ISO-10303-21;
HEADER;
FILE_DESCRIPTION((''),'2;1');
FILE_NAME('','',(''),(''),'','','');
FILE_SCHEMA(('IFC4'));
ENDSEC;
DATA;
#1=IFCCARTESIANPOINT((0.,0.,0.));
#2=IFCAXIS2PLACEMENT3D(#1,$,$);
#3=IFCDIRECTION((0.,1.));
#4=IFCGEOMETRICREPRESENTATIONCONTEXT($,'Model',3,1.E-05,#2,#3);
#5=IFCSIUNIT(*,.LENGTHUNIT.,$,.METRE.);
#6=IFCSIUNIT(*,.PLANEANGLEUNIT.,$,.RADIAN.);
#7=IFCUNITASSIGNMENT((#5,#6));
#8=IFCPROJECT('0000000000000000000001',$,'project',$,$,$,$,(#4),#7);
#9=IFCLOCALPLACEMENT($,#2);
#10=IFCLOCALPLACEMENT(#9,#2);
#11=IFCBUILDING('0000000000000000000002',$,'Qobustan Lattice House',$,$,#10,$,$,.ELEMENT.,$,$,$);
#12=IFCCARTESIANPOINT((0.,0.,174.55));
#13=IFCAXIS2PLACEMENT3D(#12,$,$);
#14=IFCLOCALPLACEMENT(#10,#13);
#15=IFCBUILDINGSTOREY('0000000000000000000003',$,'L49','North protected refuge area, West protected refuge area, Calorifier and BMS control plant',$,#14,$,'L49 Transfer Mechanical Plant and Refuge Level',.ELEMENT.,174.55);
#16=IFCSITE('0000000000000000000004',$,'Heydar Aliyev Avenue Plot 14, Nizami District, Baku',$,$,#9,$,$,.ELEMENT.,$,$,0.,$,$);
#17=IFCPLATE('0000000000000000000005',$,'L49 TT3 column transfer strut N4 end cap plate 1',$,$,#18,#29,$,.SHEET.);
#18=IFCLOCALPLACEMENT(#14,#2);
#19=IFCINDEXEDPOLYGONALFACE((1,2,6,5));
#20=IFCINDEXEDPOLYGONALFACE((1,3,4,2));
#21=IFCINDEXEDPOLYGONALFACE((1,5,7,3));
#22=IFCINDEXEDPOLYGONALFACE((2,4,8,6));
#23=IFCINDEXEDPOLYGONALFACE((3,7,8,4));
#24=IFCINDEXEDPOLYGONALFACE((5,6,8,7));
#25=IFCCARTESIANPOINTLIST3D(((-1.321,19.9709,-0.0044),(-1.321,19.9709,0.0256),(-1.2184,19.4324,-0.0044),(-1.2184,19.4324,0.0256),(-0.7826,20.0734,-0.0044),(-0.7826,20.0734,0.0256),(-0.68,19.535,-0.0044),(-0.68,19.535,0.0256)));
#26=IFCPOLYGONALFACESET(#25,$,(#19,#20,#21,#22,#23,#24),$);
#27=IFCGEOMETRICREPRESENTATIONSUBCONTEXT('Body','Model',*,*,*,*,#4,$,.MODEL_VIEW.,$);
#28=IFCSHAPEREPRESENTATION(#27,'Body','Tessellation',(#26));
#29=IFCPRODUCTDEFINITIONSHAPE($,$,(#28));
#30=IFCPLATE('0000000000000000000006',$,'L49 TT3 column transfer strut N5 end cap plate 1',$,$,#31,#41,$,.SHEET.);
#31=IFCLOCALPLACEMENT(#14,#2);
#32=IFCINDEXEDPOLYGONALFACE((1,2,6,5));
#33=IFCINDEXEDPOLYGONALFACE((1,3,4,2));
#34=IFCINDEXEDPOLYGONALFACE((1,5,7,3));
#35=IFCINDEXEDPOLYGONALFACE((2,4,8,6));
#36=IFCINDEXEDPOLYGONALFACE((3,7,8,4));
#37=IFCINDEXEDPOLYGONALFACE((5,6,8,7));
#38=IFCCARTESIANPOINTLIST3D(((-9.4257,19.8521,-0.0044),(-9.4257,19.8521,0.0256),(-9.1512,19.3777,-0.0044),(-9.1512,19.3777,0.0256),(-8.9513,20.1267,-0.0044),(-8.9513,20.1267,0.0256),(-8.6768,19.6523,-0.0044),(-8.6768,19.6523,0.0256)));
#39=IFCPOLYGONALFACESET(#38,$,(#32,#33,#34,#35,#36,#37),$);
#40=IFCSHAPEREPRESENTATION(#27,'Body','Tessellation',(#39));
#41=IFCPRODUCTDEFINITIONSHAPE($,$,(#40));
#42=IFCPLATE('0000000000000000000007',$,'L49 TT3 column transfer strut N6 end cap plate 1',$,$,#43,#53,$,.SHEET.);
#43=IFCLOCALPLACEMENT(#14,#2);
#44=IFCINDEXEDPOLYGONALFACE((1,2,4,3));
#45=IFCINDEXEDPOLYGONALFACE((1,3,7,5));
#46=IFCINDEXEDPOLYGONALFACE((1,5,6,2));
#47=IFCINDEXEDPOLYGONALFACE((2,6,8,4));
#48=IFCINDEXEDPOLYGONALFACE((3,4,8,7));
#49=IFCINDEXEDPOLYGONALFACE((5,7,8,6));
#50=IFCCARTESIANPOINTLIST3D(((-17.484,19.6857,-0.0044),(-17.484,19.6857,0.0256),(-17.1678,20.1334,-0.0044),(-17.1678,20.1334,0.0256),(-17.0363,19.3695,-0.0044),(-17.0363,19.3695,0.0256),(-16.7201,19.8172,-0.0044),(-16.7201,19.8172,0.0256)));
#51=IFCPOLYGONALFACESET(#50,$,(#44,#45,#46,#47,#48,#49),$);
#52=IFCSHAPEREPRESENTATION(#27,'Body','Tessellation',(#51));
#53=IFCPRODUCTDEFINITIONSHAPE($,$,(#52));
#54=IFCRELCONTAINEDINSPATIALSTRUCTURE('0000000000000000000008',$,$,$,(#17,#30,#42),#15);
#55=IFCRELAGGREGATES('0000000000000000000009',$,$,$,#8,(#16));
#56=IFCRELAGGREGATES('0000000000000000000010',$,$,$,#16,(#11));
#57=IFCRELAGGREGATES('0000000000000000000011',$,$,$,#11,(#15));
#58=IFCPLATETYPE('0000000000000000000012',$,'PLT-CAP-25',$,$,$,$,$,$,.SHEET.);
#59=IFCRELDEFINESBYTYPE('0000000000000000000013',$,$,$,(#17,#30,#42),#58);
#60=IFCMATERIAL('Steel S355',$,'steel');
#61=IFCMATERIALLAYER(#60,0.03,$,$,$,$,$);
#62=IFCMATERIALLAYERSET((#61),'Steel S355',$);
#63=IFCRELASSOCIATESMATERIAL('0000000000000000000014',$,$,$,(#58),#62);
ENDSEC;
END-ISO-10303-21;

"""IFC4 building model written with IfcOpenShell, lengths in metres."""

from ifc_helpers import new_model, si_unit, direction, frame, origin, origin_2d, place, context, subcontext, project, spatial, rectangle, extrude, material, layer, layer_set, type_object, element, save


model = new_model("IFC4")

# Units and contexts
model_context = context("Model", 3, precision=1e-05, world=origin(), true_north=direction((0.0, 1.0)))
body_context = subcontext(model_context, "Body", "Model", "MODEL_VIEW")
ifc_project = project(units=[si_unit("LENGTHUNIT", "METRE"), si_unit("PLANEANGLEUNIT", "RADIAN")], contexts=[model_context])

# Site, building, storey
site_placement = place(None, origin())
site = spatial("IfcSite", under=ifc_project, at=site_placement, Name="Heydar Aliyev Avenue Plot 14, Nizami District, Baku", CompositionType="ELEMENT", RefElevation=0.0)
building_placement = place(site_placement, origin())
building = spatial("IfcBuilding", under=site, at=building_placement, Name="Qobustan Lattice House", CompositionType="ELEMENT")
storey_placement = place(building_placement, frame((0.0, 0.0, 174.55)))
storey = spatial("IfcBuildingStorey", under=building, at=storey_placement, Name="L49", Description="North protected refuge area, West protected refuge area, Calorifier and BMS control plant", LongName="L49 Transfer Mechanical Plant and Refuge Level", CompositionType="ELEMENT", Elevation=174.55)

# Plates
ifc_material_1 = material(Name="Steel S355", Category="steel")
ifc_layer = layer(ifc_material_1, 0.03)
ifc_layer_set = layer_set([ifc_layer], Name="Steel S355")
plate_type = type_object("IfcPlateType", Name="PLT-CAP-25", PredefinedType="SHEET", material=ifc_layer_set)
for number, where, z_axis, x_axis, name in (
    (1, (-1.0005, 19.7529, -0.0044), (0.0, 0.0, 1.0), (0.187141, -0.982333, 0.0), "L49 TT3 column transfer strut N4 end cap plate 1"),
    (2, (-9.0513, 19.7522, -0.0044), (0.0, 0.0, 1.0), (0.500876, -0.865519, 0.0), "L49 TT3 column transfer strut N5 end cap plate 1"),
    (3, (-17.1021, 19.7515, -0.0044), (0.0, 0.0, 1.0), (0.816772, -0.57696, 0.0), "L49 TT3 column transfer strut N6 end cap plate 1"),
):
    element("IfcPlate", number, at=place(storey_placement, frame(where, z_axis=z_axis, x_axis=x_axis)), inside=storey, type_object=plate_type, Name=name, PredefinedType="SHEET", context=body_context, shape_type="SweptSolid", body=[
        extrude(rectangle(XDim=0.5481, YDim=0.5481, at=origin_2d()), origin(), (0.0, 0.0, 1.0), 0.03),
    ])

save(model, "model.ifc")
